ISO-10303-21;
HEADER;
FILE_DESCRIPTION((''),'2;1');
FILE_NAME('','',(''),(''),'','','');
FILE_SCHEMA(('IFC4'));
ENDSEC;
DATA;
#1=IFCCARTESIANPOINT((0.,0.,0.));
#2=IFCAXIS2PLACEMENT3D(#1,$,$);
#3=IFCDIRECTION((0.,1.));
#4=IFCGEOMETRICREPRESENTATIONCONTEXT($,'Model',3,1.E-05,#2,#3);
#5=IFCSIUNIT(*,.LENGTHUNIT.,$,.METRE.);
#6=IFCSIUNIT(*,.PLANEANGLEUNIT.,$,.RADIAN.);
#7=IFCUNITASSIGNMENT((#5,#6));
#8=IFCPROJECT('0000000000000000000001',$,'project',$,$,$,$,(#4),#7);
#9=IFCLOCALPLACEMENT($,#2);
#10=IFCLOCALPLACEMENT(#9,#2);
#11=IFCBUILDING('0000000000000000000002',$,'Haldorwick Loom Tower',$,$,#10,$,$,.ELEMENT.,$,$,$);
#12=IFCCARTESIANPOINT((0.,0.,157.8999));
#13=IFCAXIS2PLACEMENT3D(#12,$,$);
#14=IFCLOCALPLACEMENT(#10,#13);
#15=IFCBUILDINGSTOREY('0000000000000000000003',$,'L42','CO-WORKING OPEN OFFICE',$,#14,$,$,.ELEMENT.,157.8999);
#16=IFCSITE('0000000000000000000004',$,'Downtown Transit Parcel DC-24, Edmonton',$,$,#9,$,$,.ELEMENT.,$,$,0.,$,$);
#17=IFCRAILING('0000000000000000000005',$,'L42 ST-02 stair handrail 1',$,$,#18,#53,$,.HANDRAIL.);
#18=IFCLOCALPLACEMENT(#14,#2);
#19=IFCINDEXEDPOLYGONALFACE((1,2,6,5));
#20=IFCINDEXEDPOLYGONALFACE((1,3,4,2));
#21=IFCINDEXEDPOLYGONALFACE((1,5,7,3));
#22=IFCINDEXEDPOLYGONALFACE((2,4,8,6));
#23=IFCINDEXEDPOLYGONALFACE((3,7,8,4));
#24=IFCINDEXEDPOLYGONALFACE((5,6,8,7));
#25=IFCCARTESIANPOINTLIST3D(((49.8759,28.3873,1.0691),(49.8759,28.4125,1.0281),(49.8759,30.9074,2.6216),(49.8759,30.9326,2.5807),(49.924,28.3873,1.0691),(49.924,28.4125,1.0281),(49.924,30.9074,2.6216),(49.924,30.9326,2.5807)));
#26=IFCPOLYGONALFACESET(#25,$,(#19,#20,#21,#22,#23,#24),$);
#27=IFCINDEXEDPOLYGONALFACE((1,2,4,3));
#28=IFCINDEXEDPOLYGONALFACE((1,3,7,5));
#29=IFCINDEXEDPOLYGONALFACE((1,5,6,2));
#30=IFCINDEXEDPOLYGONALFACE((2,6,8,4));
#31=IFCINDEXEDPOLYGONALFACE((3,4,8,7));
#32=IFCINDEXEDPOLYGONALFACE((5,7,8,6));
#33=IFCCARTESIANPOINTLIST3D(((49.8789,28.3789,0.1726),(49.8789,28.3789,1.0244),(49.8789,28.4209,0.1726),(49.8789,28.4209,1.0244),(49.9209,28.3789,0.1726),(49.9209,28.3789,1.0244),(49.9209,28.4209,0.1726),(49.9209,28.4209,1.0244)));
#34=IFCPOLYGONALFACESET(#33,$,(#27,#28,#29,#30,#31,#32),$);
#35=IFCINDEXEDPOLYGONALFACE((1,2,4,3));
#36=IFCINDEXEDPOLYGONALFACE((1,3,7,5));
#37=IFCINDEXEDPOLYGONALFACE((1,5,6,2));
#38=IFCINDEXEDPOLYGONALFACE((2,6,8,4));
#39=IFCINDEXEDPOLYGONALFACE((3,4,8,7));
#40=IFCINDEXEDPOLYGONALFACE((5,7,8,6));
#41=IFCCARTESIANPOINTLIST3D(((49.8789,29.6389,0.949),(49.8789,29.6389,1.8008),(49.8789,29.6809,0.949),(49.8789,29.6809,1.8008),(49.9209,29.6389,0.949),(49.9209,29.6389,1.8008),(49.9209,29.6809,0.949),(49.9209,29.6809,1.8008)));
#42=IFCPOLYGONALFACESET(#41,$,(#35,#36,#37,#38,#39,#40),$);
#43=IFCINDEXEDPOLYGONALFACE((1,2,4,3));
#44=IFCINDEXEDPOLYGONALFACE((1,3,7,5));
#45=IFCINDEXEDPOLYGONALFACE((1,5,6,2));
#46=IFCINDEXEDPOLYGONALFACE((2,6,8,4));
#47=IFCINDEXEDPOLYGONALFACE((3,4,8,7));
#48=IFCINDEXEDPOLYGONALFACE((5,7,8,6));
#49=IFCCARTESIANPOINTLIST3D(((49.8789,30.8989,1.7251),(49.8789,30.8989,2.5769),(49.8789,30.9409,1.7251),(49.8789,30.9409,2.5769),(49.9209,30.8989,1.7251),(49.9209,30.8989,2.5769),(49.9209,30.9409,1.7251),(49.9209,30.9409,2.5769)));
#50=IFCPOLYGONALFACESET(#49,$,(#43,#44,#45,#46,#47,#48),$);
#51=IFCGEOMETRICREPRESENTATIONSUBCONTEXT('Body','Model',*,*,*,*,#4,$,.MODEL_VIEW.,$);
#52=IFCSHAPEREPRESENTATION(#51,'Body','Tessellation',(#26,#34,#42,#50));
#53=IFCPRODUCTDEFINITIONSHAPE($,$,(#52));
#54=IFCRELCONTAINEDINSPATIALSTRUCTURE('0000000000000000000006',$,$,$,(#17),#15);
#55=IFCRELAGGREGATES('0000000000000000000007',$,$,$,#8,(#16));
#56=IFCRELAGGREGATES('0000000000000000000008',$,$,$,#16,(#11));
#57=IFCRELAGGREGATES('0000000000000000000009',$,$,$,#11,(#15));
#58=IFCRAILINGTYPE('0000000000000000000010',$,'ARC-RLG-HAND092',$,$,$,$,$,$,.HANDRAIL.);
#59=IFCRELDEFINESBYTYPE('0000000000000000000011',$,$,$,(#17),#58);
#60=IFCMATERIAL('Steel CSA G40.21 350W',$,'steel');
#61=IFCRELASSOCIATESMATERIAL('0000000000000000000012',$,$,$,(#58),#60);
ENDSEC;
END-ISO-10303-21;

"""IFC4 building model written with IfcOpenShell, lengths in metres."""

from ifc_helpers import new_model, si_unit, direction, frame, origin, origin_2d, place, context, subcontext, project, spatial, rectangle, extrude, material, type_object, element, save


model = new_model("IFC4")

# Units and contexts
model_context = context("Model", 3, precision=1e-05, world=origin(), true_north=direction((0.0, 1.0)))
body_context = subcontext(model_context, "Body", "Model", "MODEL_VIEW")
ifc_project = project(units=[si_unit("LENGTHUNIT", "METRE"), si_unit("PLANEANGLEUNIT", "RADIAN")], contexts=[model_context])

# Site, building, storey
site_placement = place(None, origin())
site = spatial("IfcSite", under=ifc_project, at=site_placement, Name="Downtown Transit Parcel DC-24, Edmonton", CompositionType="ELEMENT", RefElevation=0.0)
building_placement = place(site_placement, origin())
building = spatial("IfcBuilding", under=site, at=building_placement, Name="Haldorwick Loom Tower", CompositionType="ELEMENT")
storey_placement = place(building_placement, frame((0.0, 0.0, 157.8999)))
storey = spatial("IfcBuildingStorey", under=building, at=storey_placement, Name="L42", Description="CO-WORKING OPEN OFFICE", CompositionType="ELEMENT", Elevation=157.8999)

# Shared definitions
ifc_material_1 = material(Name="Steel CSA G40.21 350W", Category="steel")

# Railing
railing_type_1 = type_object("IfcRailingType", Name="ARC-RLG-HAND092", PredefinedType="HANDRAIL", material=ifc_material_1)
railing_1_placement = place(storey_placement, frame((49.8999, 28.3999, 0.1726)))
element("IfcRailing", 1, at=railing_1_placement, inside=storey, type_object=railing_type_1, Name="L42 ST-02 stair handrail 1", PredefinedType="HANDRAIL", context=body_context, shape_type="SweptSolid", body=[
    extrude(rectangle(XDim=0.0481, YDim=0.0481, at=origin_2d()), frame((0.0, 0.0, 0.876), z_axis=(0.0, 0.8514, 0.524516), x_axis=(-1.0, 0.0, 0.0)), (0.0, 0.0, 1.0), 2.96),
    extrude(rectangle(XDim=0.042, YDim=0.042, at=origin_2d()), origin(), (0.0, 0.0, 1.0), 0.8518),
    extrude(rectangle(XDim=0.042, YDim=0.042, at=origin_2d()), frame((0.0, 1.26, 0.7764)), (0.0, 0.0, 1.0), 0.8518),
    extrude(rectangle(XDim=0.042, YDim=0.042, at=origin_2d()), frame((0.0, 2.52, 1.5525)), (0.0, 0.0, 1.0), 0.8518),
])

save(model, "model.ifc")
